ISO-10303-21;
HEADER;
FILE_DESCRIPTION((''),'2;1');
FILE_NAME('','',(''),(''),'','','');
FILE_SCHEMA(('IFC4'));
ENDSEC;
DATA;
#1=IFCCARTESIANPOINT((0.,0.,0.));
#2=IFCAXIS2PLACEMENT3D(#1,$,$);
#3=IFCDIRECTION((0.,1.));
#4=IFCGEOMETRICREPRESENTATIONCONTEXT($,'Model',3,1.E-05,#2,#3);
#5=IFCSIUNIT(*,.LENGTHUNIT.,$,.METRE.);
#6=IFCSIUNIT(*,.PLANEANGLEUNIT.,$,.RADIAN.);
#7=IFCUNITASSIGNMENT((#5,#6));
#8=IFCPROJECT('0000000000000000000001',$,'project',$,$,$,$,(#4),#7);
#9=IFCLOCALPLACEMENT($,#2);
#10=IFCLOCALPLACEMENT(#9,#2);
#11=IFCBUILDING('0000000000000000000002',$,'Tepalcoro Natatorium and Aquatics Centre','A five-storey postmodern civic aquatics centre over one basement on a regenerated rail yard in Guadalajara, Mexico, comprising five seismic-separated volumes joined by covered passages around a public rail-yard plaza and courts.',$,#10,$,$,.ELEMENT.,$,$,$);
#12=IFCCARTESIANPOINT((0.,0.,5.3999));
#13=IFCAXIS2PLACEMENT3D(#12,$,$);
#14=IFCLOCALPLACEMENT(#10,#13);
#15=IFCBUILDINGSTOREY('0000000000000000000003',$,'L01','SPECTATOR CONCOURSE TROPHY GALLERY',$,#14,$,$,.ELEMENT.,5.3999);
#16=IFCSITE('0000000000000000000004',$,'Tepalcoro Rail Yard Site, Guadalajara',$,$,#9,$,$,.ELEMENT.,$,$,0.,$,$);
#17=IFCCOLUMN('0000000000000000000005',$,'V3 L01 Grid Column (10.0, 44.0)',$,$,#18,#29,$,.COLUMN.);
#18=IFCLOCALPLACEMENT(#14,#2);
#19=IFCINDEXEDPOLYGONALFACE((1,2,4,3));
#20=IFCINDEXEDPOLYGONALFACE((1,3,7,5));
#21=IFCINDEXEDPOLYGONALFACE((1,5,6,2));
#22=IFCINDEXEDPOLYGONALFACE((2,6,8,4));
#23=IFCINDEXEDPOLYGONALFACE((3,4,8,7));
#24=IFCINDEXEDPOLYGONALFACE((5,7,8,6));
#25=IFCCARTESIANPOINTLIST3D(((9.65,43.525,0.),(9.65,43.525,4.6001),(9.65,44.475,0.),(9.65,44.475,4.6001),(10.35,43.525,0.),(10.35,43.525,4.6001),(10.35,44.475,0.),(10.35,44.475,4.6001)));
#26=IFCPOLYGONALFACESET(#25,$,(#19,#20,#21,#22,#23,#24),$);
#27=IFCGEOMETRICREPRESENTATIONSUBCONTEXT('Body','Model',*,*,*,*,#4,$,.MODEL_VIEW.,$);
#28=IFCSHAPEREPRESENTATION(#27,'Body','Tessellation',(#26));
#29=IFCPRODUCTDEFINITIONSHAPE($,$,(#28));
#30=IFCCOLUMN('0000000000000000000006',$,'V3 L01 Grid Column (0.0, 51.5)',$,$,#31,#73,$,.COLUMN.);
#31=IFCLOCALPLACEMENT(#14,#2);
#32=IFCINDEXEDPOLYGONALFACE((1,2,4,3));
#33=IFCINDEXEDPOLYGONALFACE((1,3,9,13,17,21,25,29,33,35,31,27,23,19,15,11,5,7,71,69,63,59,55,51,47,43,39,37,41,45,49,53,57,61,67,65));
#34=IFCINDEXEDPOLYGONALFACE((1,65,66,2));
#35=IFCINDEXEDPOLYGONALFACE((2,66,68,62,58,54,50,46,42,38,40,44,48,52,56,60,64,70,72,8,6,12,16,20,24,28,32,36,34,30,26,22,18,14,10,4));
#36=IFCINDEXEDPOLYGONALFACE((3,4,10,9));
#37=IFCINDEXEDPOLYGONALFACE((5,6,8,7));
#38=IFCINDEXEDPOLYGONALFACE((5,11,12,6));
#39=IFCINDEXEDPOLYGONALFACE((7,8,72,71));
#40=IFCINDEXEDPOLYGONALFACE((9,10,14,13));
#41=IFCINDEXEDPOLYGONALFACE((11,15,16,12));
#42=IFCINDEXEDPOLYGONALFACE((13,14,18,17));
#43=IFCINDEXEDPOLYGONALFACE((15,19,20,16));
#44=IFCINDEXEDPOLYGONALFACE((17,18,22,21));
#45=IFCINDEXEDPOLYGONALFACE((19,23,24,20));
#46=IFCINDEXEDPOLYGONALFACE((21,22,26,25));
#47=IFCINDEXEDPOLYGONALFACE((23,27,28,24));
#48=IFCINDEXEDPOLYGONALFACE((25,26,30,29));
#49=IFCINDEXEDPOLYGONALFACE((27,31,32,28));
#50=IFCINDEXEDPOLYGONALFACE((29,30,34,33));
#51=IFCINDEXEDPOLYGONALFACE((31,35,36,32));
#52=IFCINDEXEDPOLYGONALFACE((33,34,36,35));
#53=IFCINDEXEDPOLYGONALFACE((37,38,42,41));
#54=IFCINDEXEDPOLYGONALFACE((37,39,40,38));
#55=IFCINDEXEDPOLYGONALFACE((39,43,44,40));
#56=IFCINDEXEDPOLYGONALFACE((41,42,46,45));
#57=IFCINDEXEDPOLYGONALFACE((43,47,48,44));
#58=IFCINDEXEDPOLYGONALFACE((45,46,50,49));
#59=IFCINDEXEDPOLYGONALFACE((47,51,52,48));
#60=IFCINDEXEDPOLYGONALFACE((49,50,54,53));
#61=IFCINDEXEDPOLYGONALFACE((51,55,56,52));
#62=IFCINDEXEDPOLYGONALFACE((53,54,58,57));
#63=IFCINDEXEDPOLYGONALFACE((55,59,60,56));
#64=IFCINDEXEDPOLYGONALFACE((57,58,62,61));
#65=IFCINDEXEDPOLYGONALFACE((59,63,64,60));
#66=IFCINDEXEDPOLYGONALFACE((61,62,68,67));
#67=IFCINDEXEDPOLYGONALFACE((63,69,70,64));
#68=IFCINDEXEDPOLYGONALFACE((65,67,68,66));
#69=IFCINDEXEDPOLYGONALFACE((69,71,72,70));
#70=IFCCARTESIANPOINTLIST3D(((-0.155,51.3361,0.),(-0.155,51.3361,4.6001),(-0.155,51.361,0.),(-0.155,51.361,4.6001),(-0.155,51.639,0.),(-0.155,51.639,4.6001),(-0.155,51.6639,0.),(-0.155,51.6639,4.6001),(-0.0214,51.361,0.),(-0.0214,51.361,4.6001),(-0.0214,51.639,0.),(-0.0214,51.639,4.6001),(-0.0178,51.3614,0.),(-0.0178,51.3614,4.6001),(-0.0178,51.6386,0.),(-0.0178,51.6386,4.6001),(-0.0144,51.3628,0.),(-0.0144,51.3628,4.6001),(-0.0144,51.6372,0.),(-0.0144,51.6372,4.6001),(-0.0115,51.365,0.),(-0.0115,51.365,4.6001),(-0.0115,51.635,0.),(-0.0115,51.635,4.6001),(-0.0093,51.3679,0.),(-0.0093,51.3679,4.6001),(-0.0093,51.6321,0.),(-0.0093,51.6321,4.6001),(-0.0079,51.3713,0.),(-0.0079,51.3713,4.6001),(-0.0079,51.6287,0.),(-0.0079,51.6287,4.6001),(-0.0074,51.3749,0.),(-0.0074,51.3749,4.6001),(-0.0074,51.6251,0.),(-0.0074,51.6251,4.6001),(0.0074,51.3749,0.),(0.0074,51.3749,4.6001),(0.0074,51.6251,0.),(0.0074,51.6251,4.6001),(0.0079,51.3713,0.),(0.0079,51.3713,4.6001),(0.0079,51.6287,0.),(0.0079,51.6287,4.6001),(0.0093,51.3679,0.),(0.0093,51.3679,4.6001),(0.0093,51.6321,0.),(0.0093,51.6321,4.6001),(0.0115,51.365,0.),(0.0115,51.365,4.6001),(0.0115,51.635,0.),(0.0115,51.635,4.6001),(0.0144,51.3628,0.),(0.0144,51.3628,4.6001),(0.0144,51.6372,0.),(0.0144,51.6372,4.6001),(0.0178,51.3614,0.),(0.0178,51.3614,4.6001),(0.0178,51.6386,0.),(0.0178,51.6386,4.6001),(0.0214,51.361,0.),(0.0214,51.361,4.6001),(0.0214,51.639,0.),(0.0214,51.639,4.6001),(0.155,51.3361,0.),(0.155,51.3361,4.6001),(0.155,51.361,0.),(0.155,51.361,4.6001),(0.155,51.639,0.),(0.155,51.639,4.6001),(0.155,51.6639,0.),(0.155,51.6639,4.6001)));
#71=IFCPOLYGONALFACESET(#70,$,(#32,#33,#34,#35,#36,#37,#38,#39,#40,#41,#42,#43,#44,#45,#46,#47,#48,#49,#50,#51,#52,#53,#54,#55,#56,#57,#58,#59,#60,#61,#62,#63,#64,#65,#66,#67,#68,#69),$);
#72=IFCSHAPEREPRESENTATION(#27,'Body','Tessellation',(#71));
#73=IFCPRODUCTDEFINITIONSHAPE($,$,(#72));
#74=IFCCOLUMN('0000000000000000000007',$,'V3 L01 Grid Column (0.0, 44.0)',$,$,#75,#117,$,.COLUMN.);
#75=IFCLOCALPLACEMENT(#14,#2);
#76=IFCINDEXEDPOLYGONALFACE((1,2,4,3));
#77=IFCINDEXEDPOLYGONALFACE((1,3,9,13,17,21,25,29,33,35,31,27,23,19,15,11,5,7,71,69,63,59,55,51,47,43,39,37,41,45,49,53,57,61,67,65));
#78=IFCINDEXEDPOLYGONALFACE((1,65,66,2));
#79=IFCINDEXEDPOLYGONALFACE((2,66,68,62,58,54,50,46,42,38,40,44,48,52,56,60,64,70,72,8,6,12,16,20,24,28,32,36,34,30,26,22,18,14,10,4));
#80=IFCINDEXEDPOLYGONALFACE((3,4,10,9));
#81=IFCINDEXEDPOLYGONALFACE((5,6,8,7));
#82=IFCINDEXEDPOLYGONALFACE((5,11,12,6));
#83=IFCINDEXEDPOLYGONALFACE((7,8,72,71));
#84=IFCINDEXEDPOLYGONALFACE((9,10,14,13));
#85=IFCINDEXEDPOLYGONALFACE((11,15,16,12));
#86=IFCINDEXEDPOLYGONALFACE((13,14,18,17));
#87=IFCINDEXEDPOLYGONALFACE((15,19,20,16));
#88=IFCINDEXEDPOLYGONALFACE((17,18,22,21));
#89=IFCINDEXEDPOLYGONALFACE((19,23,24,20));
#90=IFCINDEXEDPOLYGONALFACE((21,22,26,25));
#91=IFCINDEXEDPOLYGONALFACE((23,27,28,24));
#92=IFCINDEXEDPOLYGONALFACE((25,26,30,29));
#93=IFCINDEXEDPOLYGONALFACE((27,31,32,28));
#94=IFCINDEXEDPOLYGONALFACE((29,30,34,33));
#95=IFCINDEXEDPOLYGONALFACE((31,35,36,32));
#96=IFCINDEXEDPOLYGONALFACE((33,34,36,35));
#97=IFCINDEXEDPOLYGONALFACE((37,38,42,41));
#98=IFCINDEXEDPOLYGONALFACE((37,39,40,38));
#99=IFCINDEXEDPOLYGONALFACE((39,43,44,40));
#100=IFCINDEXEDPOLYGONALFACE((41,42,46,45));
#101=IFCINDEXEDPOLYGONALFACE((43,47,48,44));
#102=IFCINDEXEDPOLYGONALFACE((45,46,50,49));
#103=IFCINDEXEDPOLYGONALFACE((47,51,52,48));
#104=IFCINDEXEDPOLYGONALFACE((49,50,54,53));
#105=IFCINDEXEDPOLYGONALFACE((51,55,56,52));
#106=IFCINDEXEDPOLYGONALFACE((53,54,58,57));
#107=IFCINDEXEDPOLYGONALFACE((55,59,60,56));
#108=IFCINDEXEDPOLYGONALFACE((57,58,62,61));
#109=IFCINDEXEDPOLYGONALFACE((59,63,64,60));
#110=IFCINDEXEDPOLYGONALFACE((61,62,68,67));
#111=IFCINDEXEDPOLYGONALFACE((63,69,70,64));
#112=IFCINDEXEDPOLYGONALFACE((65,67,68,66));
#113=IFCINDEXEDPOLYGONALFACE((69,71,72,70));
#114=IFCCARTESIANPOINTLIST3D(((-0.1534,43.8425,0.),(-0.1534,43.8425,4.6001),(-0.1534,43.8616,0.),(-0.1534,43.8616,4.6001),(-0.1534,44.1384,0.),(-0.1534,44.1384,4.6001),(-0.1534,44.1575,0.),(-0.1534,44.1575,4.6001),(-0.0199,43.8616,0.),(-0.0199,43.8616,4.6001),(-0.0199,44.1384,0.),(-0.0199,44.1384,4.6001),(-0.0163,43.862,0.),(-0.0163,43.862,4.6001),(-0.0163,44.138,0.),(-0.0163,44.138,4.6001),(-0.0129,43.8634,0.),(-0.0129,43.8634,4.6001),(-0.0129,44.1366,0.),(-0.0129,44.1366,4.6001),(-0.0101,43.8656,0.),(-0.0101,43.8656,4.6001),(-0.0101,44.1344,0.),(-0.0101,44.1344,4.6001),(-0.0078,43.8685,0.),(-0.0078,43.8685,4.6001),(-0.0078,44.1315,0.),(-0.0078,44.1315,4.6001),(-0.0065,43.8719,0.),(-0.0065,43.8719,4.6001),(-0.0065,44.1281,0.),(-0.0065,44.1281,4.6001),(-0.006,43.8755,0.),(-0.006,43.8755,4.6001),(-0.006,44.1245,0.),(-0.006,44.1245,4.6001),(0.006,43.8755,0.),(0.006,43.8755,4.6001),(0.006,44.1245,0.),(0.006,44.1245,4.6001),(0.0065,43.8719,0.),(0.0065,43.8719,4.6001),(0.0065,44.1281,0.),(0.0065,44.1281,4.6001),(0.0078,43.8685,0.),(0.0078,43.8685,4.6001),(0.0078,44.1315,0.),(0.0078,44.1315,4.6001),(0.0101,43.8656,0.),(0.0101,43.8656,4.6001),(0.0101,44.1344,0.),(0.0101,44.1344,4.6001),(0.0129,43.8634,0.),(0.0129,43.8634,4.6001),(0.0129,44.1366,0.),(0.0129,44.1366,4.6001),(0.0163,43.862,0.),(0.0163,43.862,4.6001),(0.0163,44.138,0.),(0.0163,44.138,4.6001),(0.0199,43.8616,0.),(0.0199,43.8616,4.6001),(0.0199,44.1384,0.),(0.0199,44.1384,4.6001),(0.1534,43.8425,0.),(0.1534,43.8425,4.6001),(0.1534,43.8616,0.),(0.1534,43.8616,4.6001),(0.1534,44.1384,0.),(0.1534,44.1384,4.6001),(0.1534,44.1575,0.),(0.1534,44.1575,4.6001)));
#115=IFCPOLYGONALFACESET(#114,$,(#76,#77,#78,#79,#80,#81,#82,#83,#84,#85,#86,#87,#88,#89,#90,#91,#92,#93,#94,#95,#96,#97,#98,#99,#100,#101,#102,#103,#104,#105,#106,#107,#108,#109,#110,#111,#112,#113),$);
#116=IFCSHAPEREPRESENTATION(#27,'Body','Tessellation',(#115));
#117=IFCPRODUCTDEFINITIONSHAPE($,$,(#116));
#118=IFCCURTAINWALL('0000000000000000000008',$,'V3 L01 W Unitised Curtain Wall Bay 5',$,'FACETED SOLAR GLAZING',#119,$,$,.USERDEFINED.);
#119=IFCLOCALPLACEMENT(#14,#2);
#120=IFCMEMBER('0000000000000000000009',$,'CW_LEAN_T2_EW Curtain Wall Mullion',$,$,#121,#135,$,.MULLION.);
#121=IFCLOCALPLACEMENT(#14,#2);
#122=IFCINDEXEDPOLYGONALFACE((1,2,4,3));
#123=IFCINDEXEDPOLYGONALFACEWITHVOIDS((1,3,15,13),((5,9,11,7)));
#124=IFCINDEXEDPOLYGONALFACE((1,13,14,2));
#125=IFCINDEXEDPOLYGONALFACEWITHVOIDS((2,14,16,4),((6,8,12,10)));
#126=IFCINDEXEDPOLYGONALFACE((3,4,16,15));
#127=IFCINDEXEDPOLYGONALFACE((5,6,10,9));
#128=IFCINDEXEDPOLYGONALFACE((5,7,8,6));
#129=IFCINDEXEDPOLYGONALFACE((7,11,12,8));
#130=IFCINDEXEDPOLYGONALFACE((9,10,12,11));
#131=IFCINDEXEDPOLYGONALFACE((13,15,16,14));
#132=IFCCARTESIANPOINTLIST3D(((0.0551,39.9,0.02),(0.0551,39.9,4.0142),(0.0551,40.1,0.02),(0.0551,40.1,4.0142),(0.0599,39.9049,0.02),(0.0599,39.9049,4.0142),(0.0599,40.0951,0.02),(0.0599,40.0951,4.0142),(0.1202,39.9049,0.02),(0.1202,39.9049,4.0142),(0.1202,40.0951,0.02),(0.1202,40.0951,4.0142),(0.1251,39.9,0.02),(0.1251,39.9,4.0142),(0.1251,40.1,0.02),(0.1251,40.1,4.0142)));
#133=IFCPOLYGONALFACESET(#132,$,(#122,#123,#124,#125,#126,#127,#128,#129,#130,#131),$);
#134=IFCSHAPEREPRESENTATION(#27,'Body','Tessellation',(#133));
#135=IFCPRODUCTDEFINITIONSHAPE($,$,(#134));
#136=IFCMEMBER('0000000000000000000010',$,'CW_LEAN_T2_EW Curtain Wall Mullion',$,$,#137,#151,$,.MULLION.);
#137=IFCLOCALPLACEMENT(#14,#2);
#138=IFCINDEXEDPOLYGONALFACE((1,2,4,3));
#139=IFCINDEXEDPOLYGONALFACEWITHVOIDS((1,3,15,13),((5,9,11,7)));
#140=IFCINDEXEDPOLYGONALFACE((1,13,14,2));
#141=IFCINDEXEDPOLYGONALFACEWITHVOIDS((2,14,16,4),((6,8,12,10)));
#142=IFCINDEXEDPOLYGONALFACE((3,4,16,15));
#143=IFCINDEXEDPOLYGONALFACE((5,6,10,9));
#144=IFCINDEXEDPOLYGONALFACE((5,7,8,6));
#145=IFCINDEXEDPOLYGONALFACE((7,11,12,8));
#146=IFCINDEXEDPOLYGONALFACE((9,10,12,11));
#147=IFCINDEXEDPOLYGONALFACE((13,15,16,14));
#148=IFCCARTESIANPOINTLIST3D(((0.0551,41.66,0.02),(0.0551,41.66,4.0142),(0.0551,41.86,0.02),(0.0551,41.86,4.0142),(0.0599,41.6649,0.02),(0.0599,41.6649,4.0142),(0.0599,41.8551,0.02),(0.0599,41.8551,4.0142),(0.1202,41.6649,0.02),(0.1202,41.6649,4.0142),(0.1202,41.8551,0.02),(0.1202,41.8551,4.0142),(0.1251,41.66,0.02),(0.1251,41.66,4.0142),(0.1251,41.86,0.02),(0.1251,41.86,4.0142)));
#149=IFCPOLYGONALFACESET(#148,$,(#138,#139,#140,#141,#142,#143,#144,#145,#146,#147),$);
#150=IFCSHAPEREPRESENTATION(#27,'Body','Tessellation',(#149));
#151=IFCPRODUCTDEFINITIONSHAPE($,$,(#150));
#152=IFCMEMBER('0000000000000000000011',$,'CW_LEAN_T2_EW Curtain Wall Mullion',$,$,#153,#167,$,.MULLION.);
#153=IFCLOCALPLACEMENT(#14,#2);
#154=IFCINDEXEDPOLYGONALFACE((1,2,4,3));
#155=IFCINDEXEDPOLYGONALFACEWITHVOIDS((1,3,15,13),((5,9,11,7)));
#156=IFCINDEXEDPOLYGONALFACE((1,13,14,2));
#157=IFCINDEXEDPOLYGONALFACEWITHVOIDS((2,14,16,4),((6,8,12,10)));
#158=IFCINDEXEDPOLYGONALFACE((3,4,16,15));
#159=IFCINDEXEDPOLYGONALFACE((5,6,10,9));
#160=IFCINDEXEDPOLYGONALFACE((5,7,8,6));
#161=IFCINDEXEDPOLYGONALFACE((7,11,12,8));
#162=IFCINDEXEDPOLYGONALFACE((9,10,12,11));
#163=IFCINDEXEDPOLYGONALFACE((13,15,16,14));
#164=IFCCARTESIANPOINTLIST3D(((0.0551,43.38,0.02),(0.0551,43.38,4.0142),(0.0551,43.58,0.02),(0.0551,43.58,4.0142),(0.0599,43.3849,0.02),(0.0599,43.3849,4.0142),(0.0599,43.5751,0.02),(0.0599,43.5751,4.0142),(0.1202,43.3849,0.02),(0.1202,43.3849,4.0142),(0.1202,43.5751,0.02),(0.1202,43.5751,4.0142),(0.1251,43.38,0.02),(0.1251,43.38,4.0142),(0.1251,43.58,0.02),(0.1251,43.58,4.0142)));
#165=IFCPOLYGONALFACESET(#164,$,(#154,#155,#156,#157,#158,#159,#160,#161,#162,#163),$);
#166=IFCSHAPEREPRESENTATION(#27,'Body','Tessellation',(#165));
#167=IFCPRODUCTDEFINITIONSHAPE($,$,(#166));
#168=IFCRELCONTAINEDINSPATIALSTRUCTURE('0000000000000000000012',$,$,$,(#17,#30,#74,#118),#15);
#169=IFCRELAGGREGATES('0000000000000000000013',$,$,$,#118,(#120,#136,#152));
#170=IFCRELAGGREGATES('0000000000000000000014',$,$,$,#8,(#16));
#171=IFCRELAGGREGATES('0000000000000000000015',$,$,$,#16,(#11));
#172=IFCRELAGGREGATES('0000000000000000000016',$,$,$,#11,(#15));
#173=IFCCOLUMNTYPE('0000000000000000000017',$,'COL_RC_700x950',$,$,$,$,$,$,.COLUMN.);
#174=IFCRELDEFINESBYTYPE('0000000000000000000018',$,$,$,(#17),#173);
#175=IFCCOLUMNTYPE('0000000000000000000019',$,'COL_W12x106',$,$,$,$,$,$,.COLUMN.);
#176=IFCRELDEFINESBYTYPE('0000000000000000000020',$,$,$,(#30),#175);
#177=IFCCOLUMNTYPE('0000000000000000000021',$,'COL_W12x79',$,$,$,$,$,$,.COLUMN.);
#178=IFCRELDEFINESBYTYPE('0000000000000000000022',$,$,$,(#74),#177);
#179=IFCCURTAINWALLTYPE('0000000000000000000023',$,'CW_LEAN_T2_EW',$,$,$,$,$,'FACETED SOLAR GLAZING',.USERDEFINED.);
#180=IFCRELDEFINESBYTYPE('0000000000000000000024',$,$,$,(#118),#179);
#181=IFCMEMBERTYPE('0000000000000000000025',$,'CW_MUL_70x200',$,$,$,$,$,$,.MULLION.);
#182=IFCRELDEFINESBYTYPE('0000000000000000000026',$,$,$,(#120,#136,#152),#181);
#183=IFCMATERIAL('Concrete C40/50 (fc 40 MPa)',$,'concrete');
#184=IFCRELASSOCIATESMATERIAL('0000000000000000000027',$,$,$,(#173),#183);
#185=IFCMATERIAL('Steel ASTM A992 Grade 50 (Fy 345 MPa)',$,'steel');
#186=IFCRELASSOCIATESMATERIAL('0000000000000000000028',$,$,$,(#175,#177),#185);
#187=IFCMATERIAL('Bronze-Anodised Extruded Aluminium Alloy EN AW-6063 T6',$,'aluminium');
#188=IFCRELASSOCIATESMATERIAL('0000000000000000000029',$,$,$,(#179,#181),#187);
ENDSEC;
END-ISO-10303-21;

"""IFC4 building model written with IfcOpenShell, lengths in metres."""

from ifc_helpers import new_model, si_unit, direction, frame, origin, origin_2d, place, context, subcontext, project, spatial, rectangle, hollow_rectangle, i_section, extrude, material, material_profile, profile_set, type_object, element, aggregate, save


model = new_model("IFC4")

# Units and contexts
model_context = context("Model", 3, precision=1e-05, world=origin(), true_north=direction((0.0, 1.0)))
body_context = subcontext(model_context, "Body", "Model", "MODEL_VIEW")
ifc_project = project(units=[si_unit("LENGTHUNIT", "METRE"), si_unit("PLANEANGLEUNIT", "RADIAN")], contexts=[model_context])

# Site, building, storey
site_placement = place(None, origin())
site = spatial("IfcSite", under=ifc_project, at=site_placement, Name="Tepalcoro Rail Yard Site, Guadalajara", CompositionType="ELEMENT", RefElevation=0.0)
building_placement = place(site_placement, origin())
building = spatial("IfcBuilding", under=site, at=building_placement, Name="Tepalcoro Natatorium and Aquatics Centre", Description="A five-storey postmodern civic aquatics centre over one basement on a regenerated rail yard in Guadalajara, Mexico, comprising five seismic-separated volumes joined by covered passages around a public rail-yard plaza and courts.", CompositionType="ELEMENT")
storey_placement = place(building_placement, frame((0.0, 0.0, 5.3999)))
storey = spatial("IfcBuildingStorey", under=building, at=storey_placement, Name="L01", Description="SPECTATOR CONCOURSE TROPHY GALLERY", CompositionType="ELEMENT", Elevation=5.3999)

# Columns
ifc_material_1 = material(Name="Concrete C40/50 (fc 40 MPa)", Category="concrete")
ifc_material_profile_1 = material_profile(ifc_material_1, rectangle(XDim=0.7, YDim=0.95, at=origin_2d()), Name="RC700x950")
ifc_profile_set_1 = profile_set([ifc_material_profile_1], Name="Concrete C40/50 (fc 40 MPa)")
column_type_1 = type_object("IfcColumnType", Name="COL_RC_700x950", PredefinedType="COLUMN", material=ifc_profile_set_1)
column_1_placement = place(storey_placement, frame((10.0, 44.0, 0.0), z_axis=(0.0, 0.0, 1.0), x_axis=(1.0, 0.0, 0.0)))
element("IfcColumn", 1, at=column_1_placement, inside=storey, type_object=column_type_1, Name="V3 L01 Grid Column (10.0, 44.0)", PredefinedType="COLUMN", context=body_context, shape_type="SweptSolid", body=[
    extrude(rectangle(XDim=0.7, YDim=0.95, at=origin_2d()), origin(), (0.0, 0.0, 1.0), 4.6001),
])
ifc_material_2 = material(Name="Steel ASTM A992 Grade 50 (Fy 345 MPa)", Category="steel")
ifc_material_profile_2 = material_profile(ifc_material_2, i_section(OverallWidth=0.3101, OverallDepth=0.3279, WebThickness=0.0149, FlangeThickness=0.0249, FilletRadius=0.0139, at=origin_2d()), Name="W12X106")
ifc_profile_set_2 = profile_set([ifc_material_profile_2], Name="Steel ASTM A992 Grade 50 (Fy 345 MPa)")
column_type_2 = type_object("IfcColumnType", Name="COL_W12x106", PredefinedType="COLUMN", material=ifc_profile_set_2)
column_2_placement = place(storey_placement, frame((0.0, 51.5, 0.0), z_axis=(0.0, 0.0, 1.0), x_axis=(1.0, 0.0, 0.0)))
element("IfcColumn", 2, at=column_2_placement, inside=storey, type_object=column_type_2, Name="V3 L01 Grid Column (0.0, 51.5)", PredefinedType="COLUMN", context=body_context, shape_type="SweptSolid", body=[
    extrude(i_section(OverallWidth=0.3101, OverallDepth=0.3279, WebThickness=0.0149, FlangeThickness=0.0249, FilletRadius=0.0139, at=origin_2d()), origin(), (0.0, 0.0, 1.0), 4.6001),
])
ifc_material_profile_3 = material_profile(ifc_material_2, i_section(OverallWidth=0.3069, OverallDepth=0.3149, WebThickness=0.012, FlangeThickness=0.019, FilletRadius=0.0139, at=origin_2d()), Name="W12X79")
ifc_profile_set_3 = profile_set([ifc_material_profile_3], Name="Steel ASTM A992 Grade 50 (Fy 345 MPa)")
column_type_3 = type_object("IfcColumnType", Name="COL_W12x79", PredefinedType="COLUMN", material=ifc_profile_set_3)
column_3_placement = place(storey_placement, frame((0.0, 44.0, 0.0), z_axis=(0.0, 0.0, 1.0), x_axis=(1.0, 0.0, 0.0)))
element("IfcColumn", 3, at=column_3_placement, inside=storey, type_object=column_type_3, Name="V3 L01 Grid Column (0.0, 44.0)", PredefinedType="COLUMN", context=body_context, shape_type="SweptSolid", body=[
    extrude(i_section(OverallWidth=0.3069, OverallDepth=0.3149, WebThickness=0.012, FlangeThickness=0.019, FilletRadius=0.0139, at=origin_2d()), origin(), (0.0, 0.0, 1.0), 4.6001),
])

# Curtain wall, members
ifc_material_3 = material(Name="Bronze-Anodised Extruded Aluminium Alloy EN AW-6063 T6", Category="aluminium")
curtain_wall_type = type_object("IfcCurtainWallType", Name="CW_LEAN_T2_EW", ElementType="FACETED SOLAR GLAZING", PredefinedType="USERDEFINED", material=ifc_material_3)
curtain_wall_placement = place(storey_placement, origin())
curtain_wall = element("IfcCurtainWall", 4, at=curtain_wall_placement, inside=storey, type_object=curtain_wall_type, Name="V3 L01 W Unitised Curtain Wall Bay 5", ObjectType="FACETED SOLAR GLAZING", PredefinedType="USERDEFINED")
ifc_material_profile_4 = material_profile(ifc_material_3, hollow_rectangle(XDim=0.0701, YDim=0.2, WallThickness=0.0049, at=origin_2d()), Name="AL70X200X5")
ifc_profile_set_4 = profile_set([ifc_material_profile_4], Name="Bronze-Anodised Extruded Aluminium Alloy EN AW-6063 T6")
member_type = type_object("IfcMemberType", Name="CW_MUL_70x200", PredefinedType="MULLION", material=ifc_profile_set_4)
member_1_placement = place(storey_placement, frame((0.0901, 40.0, 0.02), z_axis=(0.0, 0.0, 1.0), x_axis=(1.0, 0.0, 0.0)))
member_1 = element("IfcMember", 5, at=member_1_placement, type_object=member_type, Name="CW_LEAN_T2_EW Curtain Wall Mullion", PredefinedType="MULLION", context=body_context, shape_type="SweptSolid", body=[
    extrude(hollow_rectangle(XDim=0.0701, YDim=0.2, WallThickness=0.0049, at=origin_2d()), origin(), (0.0, 0.0, 1.0), 3.9941),
])
member_2_placement = place(storey_placement, frame((0.0901, 41.76, 0.02), z_axis=(0.0, 0.0, 1.0), x_axis=(1.0, 0.0, 0.0)))
member_2 = element("IfcMember", 6, at=member_2_placement, type_object=member_type, Name="CW_LEAN_T2_EW Curtain Wall Mullion", PredefinedType="MULLION", context=body_context, shape_type="SweptSolid", body=[
    extrude(hollow_rectangle(XDim=0.0701, YDim=0.2, WallThickness=0.0049, at=origin_2d()), origin(), (0.0, 0.0, 1.0), 3.9941),
])
member_3_placement = place(storey_placement, frame((0.0901, 43.48, 0.02), z_axis=(0.0, 0.0, 1.0), x_axis=(1.0, 0.0, 0.0)))
member_3 = element("IfcMember", 7, at=member_3_placement, type_object=member_type, Name="CW_LEAN_T2_EW Curtain Wall Mullion", PredefinedType="MULLION", context=body_context, shape_type="SweptSolid", body=[
    extrude(hollow_rectangle(XDim=0.0701, YDim=0.2, WallThickness=0.0049, at=origin_2d()), origin(), (0.0, 0.0, 1.0), 3.9941),
])

aggregate(curtain_wall, [member_1, member_2, member_3])

save(model, "model.ifc")
